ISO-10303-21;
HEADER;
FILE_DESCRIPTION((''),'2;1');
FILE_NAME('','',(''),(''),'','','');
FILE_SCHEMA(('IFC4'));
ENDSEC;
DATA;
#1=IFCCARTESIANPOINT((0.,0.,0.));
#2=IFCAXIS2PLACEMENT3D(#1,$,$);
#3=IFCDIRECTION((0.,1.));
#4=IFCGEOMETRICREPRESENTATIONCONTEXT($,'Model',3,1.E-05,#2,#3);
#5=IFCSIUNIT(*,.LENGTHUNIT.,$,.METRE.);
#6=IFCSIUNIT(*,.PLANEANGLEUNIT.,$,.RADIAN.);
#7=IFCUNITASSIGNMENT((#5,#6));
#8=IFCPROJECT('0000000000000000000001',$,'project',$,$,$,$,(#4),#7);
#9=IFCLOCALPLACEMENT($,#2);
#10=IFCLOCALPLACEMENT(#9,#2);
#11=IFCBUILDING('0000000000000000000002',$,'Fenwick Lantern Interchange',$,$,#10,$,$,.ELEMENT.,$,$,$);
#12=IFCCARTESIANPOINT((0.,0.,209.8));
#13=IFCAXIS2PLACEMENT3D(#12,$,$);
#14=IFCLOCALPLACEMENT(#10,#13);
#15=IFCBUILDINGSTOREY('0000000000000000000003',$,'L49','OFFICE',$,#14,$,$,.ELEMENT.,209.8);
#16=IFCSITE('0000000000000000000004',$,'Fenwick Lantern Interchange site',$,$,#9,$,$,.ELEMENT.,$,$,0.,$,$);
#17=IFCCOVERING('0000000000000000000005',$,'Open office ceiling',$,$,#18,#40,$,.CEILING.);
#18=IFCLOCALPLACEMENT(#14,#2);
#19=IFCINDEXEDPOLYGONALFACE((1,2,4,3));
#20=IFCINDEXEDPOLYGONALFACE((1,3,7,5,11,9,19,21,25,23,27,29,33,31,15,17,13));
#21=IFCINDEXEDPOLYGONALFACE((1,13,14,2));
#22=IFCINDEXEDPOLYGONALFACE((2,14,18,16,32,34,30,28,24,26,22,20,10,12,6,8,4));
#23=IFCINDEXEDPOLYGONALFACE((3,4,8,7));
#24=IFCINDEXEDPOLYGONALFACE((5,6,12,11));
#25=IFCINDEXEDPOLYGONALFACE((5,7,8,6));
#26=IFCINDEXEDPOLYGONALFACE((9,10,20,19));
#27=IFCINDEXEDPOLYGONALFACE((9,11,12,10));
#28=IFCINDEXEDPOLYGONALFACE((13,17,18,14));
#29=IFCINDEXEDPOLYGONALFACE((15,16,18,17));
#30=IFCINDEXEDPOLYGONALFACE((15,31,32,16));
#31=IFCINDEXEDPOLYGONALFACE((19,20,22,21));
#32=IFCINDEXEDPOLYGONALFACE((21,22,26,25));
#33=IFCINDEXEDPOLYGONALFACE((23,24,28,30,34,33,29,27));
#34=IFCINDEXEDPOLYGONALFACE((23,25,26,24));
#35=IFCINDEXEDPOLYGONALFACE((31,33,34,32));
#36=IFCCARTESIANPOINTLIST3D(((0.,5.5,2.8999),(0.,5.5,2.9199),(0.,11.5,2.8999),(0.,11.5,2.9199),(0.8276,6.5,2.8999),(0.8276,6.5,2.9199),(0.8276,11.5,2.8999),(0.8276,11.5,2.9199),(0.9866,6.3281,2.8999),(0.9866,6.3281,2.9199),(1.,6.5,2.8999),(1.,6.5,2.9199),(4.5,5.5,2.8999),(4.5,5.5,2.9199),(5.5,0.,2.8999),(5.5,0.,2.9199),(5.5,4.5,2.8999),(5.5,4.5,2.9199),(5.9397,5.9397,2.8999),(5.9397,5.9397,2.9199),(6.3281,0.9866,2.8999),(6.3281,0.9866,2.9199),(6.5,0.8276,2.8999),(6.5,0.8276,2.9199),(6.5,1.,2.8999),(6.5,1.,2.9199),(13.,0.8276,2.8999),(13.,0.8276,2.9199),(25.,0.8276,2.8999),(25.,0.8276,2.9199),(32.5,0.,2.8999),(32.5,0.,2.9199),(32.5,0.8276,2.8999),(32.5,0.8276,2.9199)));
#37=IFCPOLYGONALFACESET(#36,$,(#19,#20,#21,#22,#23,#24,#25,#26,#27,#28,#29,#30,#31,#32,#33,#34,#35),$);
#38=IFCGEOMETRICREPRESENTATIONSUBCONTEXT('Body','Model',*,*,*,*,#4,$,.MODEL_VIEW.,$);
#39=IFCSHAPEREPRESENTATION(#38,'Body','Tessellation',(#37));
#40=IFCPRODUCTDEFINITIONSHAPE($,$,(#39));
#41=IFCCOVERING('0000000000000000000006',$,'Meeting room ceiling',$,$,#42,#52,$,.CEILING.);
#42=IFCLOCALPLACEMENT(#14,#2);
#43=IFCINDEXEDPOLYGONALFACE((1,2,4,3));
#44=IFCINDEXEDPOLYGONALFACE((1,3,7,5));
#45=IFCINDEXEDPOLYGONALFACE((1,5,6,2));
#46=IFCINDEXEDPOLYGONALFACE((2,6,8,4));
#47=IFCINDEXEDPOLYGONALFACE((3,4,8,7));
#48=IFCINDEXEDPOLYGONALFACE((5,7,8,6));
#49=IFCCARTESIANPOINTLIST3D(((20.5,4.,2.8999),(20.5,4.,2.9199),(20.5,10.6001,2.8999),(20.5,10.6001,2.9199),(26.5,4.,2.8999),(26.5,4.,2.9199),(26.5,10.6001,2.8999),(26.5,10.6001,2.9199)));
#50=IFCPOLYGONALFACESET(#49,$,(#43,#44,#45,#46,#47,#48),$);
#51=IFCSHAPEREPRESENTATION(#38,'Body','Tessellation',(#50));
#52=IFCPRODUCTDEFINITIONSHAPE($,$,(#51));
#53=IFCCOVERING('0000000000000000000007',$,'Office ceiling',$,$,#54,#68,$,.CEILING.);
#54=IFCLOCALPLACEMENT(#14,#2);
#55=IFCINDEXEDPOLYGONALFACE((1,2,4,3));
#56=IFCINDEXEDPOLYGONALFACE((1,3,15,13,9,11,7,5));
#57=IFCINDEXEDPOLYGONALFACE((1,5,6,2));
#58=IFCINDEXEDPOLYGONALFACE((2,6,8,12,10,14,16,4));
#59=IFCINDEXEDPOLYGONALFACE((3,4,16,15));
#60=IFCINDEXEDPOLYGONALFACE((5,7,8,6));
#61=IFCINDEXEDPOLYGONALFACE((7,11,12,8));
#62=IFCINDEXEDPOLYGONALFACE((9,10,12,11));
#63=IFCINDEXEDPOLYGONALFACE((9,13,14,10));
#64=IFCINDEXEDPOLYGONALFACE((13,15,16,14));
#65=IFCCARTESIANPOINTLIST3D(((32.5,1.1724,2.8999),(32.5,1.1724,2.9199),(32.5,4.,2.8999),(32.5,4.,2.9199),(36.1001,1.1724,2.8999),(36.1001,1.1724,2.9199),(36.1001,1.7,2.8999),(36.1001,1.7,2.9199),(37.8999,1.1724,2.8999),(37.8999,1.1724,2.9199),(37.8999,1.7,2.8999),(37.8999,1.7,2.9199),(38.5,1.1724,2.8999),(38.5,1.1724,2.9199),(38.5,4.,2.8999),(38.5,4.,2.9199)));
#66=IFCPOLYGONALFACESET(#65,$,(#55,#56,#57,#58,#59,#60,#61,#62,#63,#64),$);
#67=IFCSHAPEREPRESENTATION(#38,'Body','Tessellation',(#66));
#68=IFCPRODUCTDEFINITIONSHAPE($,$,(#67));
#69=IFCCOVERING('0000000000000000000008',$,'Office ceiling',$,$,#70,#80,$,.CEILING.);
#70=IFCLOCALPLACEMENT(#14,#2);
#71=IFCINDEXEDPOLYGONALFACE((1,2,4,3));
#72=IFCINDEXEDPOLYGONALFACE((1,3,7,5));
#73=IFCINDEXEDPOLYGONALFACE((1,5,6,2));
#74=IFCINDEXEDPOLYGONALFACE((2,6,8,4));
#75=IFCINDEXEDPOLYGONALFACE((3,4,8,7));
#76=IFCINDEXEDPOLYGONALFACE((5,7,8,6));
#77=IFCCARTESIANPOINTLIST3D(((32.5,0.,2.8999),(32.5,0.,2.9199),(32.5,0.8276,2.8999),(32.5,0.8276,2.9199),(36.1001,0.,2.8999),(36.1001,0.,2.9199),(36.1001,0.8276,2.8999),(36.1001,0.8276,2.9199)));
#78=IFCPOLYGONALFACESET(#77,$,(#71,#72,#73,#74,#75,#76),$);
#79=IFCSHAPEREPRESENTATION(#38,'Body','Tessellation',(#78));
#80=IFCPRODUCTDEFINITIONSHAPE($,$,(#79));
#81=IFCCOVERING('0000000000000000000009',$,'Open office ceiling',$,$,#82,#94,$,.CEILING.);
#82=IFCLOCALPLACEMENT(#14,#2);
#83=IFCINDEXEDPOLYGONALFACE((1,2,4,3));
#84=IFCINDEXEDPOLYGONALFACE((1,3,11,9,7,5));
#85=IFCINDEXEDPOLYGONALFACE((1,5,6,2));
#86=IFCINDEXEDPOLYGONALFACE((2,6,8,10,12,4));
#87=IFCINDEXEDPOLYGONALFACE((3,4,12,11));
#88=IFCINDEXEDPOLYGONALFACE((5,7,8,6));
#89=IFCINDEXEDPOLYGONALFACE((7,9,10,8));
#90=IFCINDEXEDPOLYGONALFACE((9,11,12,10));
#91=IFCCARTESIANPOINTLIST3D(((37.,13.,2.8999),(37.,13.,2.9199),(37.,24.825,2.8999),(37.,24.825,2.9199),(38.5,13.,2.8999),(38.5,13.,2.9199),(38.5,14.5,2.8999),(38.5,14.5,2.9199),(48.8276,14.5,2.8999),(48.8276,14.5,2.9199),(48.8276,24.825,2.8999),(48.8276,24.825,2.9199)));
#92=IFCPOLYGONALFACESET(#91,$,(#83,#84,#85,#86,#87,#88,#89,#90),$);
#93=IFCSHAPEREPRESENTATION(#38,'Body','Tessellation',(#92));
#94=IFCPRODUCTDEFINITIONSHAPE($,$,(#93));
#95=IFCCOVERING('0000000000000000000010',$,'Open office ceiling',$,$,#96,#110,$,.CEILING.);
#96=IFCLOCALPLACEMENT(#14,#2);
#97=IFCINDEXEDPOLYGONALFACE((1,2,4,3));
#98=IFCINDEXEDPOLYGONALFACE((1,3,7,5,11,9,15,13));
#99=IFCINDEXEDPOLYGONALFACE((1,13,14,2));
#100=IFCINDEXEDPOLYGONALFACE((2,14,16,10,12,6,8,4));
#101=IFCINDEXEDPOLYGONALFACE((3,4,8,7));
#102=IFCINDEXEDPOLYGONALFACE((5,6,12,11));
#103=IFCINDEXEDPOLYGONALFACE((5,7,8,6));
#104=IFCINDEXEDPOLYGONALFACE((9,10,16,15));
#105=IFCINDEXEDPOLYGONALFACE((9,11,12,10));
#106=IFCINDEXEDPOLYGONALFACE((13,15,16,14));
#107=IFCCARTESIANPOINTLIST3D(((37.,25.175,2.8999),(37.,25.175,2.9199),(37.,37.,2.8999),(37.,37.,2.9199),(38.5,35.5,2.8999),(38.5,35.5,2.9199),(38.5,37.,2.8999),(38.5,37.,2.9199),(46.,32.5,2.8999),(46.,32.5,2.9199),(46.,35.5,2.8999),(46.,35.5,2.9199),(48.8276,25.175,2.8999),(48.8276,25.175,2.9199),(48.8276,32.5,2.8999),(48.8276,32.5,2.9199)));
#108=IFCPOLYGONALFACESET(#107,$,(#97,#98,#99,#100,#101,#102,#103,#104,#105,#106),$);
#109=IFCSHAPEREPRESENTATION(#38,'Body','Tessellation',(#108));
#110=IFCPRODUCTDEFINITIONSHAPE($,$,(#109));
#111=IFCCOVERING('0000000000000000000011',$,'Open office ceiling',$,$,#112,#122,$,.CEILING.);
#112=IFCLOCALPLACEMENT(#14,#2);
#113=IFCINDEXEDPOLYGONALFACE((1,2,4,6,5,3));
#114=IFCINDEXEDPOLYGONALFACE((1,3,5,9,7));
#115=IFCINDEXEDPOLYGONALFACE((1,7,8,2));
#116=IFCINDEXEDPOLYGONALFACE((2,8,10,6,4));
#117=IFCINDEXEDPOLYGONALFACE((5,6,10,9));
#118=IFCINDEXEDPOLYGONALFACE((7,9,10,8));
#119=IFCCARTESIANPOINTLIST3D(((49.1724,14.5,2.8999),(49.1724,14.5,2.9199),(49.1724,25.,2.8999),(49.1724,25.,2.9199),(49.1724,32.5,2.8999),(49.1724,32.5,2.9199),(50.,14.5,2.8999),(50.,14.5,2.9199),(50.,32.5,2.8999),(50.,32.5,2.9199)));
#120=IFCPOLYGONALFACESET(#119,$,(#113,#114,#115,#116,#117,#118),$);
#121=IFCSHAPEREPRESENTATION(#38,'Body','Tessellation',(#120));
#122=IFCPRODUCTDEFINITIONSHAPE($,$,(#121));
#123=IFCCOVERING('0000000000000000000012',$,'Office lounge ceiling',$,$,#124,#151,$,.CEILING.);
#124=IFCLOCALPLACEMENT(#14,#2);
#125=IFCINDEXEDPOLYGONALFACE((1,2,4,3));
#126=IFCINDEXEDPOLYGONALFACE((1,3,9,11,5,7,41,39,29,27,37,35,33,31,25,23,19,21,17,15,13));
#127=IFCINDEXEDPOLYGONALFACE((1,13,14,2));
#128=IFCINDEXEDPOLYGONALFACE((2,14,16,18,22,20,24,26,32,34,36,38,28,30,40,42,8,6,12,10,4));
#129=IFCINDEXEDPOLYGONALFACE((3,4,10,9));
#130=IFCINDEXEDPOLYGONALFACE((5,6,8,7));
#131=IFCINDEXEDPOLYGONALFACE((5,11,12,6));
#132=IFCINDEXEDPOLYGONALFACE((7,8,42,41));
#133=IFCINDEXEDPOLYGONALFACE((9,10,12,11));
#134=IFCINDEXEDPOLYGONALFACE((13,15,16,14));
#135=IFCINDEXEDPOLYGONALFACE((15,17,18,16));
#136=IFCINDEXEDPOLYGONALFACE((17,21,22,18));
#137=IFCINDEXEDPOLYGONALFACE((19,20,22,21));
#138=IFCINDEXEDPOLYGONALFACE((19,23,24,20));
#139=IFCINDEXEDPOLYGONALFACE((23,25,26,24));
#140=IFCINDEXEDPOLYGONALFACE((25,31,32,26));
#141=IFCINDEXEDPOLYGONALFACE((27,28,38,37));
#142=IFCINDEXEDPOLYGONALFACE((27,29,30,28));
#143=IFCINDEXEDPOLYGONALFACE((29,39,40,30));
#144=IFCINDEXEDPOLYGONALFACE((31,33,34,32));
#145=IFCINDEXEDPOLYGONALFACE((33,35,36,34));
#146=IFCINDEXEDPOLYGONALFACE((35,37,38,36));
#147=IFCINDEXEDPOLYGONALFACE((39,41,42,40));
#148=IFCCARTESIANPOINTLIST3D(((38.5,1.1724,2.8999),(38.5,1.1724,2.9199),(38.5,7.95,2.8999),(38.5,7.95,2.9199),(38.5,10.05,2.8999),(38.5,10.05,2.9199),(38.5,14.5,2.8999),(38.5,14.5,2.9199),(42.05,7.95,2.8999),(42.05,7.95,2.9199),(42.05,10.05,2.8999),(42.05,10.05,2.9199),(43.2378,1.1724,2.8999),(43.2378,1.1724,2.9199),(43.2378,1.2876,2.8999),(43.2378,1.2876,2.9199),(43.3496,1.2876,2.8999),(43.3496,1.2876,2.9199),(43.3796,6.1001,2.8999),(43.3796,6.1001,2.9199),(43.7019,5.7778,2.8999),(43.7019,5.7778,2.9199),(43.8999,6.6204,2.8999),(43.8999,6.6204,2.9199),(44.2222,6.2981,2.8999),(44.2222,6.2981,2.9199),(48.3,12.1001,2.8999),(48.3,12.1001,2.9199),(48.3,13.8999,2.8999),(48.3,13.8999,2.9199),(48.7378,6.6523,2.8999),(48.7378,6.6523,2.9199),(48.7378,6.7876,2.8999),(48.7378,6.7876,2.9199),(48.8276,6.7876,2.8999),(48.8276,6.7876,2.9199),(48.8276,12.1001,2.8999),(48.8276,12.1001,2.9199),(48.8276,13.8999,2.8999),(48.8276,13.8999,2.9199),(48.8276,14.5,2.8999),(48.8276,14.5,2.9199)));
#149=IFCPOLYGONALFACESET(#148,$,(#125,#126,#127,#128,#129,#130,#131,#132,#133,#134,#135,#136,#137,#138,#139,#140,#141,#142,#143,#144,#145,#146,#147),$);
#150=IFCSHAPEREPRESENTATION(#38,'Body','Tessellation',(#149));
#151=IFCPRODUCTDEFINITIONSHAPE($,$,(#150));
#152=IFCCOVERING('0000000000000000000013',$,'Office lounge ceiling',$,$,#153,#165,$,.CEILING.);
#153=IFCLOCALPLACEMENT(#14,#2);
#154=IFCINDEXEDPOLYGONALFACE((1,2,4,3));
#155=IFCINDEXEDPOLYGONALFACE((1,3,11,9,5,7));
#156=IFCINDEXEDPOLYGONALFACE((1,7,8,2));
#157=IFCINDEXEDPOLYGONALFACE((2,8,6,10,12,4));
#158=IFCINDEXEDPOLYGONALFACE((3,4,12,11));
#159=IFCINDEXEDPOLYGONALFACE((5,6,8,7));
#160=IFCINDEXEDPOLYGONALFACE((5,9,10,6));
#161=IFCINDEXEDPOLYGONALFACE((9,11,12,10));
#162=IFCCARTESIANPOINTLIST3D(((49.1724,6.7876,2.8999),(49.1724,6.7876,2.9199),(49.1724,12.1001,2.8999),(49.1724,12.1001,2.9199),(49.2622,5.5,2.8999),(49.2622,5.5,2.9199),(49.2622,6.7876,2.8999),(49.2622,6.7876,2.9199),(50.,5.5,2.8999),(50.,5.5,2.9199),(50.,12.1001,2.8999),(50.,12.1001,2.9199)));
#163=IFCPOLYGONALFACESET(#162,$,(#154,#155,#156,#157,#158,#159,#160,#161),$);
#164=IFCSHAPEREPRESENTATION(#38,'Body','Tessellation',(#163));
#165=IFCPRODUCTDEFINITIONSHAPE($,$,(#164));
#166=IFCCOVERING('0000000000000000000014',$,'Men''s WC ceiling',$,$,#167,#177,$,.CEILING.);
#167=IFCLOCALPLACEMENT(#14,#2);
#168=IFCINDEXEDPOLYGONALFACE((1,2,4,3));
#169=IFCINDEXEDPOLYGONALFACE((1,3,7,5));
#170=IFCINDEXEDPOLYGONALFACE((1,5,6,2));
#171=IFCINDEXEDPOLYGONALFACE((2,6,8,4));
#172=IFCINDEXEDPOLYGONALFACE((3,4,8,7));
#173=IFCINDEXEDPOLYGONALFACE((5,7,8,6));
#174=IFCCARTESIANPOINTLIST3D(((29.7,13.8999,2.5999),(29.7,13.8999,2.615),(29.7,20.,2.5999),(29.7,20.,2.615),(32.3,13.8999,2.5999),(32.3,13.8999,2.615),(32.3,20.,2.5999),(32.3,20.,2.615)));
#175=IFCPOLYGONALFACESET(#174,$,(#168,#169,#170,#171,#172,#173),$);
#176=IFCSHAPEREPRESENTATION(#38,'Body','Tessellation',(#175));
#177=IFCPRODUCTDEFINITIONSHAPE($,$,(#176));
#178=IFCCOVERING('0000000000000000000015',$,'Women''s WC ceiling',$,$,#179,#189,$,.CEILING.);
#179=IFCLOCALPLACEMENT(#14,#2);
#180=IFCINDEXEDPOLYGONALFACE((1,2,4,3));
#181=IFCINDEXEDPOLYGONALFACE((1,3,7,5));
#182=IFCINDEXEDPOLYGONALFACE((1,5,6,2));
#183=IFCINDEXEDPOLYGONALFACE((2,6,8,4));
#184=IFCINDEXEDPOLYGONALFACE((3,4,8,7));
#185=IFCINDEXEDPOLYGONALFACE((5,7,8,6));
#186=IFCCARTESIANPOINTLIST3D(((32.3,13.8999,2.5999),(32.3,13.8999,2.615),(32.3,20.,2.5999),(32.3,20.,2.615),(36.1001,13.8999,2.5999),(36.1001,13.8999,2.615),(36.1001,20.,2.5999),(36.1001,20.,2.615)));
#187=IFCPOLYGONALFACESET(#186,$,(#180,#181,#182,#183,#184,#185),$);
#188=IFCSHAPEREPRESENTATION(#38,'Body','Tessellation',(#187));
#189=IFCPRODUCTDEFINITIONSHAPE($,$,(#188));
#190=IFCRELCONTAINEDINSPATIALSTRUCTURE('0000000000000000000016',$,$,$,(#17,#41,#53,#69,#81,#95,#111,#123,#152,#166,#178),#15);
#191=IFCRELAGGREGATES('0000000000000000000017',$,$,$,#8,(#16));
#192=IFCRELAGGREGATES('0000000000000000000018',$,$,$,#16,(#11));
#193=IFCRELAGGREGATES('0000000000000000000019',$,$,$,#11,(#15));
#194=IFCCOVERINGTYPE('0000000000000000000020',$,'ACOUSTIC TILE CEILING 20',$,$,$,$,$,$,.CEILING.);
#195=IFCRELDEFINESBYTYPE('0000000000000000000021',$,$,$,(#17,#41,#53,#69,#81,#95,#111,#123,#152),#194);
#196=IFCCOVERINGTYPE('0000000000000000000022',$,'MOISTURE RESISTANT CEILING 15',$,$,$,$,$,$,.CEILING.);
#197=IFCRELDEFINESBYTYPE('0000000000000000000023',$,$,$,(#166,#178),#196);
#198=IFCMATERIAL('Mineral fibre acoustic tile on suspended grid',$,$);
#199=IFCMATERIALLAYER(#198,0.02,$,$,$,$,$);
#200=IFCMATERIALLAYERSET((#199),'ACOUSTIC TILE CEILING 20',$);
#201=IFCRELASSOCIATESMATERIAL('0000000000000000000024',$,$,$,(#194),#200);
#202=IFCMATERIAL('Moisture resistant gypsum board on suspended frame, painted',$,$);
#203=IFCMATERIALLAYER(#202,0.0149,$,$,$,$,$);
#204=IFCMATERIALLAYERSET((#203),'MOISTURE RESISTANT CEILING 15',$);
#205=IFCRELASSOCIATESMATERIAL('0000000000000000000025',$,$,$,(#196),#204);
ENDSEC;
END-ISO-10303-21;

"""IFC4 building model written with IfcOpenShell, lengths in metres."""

from ifc_helpers import new_model, si_unit, direction, frame, origin, place, context, subcontext, project, spatial, polyline, outline, extrude, material, layer, layer_set, type_object, element, save


model = new_model("IFC4")

# Units and contexts
model_context = context("Model", 3, precision=1e-05, world=origin(), true_north=direction((0.0, 1.0)))
body_context = subcontext(model_context, "Body", "Model", "MODEL_VIEW")
ifc_project = project(units=[si_unit("LENGTHUNIT", "METRE"), si_unit("PLANEANGLEUNIT", "RADIAN")], contexts=[model_context])

# Site, building, storey
site_placement = place(None, origin())
site = spatial("IfcSite", under=ifc_project, at=site_placement, Name="Fenwick Lantern Interchange site", CompositionType="ELEMENT", RefElevation=0.0)
building_placement = place(site_placement, origin())
building = spatial("IfcBuilding", under=site, at=building_placement, Name="Fenwick Lantern Interchange", CompositionType="ELEMENT")
storey_placement = place(building_placement, frame((0.0, 0.0, 209.8)))
storey = spatial("IfcBuildingStorey", under=building, at=storey_placement, Name="L49", Description="OFFICE", CompositionType="ELEMENT", Elevation=209.8)

# Coverings
ifc_material_1 = material(Name="Mineral fibre acoustic tile on suspended grid")
ifc_layer_1 = layer(ifc_material_1, 0.02)
ifc_layer_set_1 = layer_set([ifc_layer_1], Name="ACOUSTIC TILE CEILING 20")
covering_type_1 = type_object("IfcCoveringType", Name="ACOUSTIC TILE CEILING 20", PredefinedType="CEILING", material=ifc_layer_set_1)
covering_1_placement = place(storey_placement, frame((0.0, 0.0, 2.8999)))
element("IfcCovering", 1, at=covering_1_placement, inside=storey, type_object=covering_type_1, Name="Open office ceiling", PredefinedType="CEILING", context=body_context, shape_type="SweptSolid", body=[
    extrude(outline(polyline([(32.5, 0.0), (32.5, 0.8276), (25.0, 0.8276), (13.0, 0.8276), (6.5, 0.8276), (6.5, 1.0), (6.3281, 0.9866), (5.9397, 5.9397), (0.9866, 6.3281), (1.0, 6.5), (0.8276, 6.5), (0.8276, 11.5), (0.0, 11.5), (0.0, 5.5), (4.5, 5.5), (5.5, 4.5), (5.5, 0.0), (32.5, 0.0)])), origin(), (0.0, 0.0, 1.0), 0.02),
])
covering_2_placement = place(storey_placement, frame((0.0, 0.0, 2.8999)))
element("IfcCovering", 2, at=covering_2_placement, inside=storey, type_object=covering_type_1, Name="Meeting room ceiling", PredefinedType="CEILING", context=body_context, shape_type="SweptSolid", body=[
    extrude(outline(polyline([(20.5, 4.0), (26.5, 4.0), (26.5, 10.6001), (20.5, 10.6001), (20.5, 4.0)])), origin(), (0.0, 0.0, 1.0), 0.02),
])
covering_3_placement = place(storey_placement, frame((0.0, 0.0, 2.8999)))
element("IfcCovering", 3, at=covering_3_placement, inside=storey, type_object=covering_type_1, Name="Office ceiling", PredefinedType="CEILING", context=body_context, shape_type="SweptSolid", body=[
    extrude(outline(polyline([(32.5, 4.0), (32.5, 1.1724), (36.1001, 1.1724), (36.1001, 1.7), (37.8999, 1.7), (37.8999, 1.1724), (38.5, 1.1724), (38.5, 4.0), (32.5, 4.0)])), origin(), (0.0, 0.0, 1.0), 0.02),
])
covering_4_placement = place(storey_placement, frame((0.0, 0.0, 2.8999)))
element("IfcCovering", 4, at=covering_4_placement, inside=storey, type_object=covering_type_1, Name="Office ceiling", PredefinedType="CEILING", context=body_context, shape_type="SweptSolid", body=[
    extrude(outline(polyline([(32.5, 0.8276), (32.5, 0.0), (36.1001, 0.0), (36.1001, 0.8276), (32.5, 0.8276)])), origin(), (0.0, 0.0, 1.0), 0.02),
])
covering_5_placement = place(storey_placement, frame((0.0, 0.0, 2.8999)))
element("IfcCovering", 5, at=covering_5_placement, inside=storey, type_object=covering_type_1, Name="Open office ceiling", PredefinedType="CEILING", context=body_context, shape_type="SweptSolid", body=[
    extrude(outline(polyline([(38.5, 14.5), (48.8276, 14.5), (48.8276, 24.825), (37.0, 24.825), (37.0, 13.0), (38.5, 13.0), (38.5, 14.5)])), origin(), (0.0, 0.0, 1.0), 0.02),
])
covering_6_placement = place(storey_placement, frame((0.0, 0.0, 2.8999)))
element("IfcCovering", 6, at=covering_6_placement, inside=storey, type_object=covering_type_1, Name="Open office ceiling", PredefinedType="CEILING", context=body_context, shape_type="SweptSolid", body=[
    extrude(outline(polyline([(46.0, 32.5), (46.0, 35.5), (38.5, 35.5), (38.5, 37.0), (37.0, 37.0), (37.0, 25.175), (48.8276, 25.175), (48.8276, 32.5), (46.0, 32.5)])), origin(), (0.0, 0.0, 1.0), 0.02),
])
covering_7_placement = place(storey_placement, frame((0.0, 0.0, 2.8999)))
element("IfcCovering", 7, at=covering_7_placement, inside=storey, type_object=covering_type_1, Name="Open office ceiling", PredefinedType="CEILING", context=body_context, shape_type="SweptSolid", body=[
    extrude(outline(polyline([(50.0, 32.5), (49.1724, 32.5), (49.1724, 25.0), (49.1724, 14.5), (50.0, 14.5), (50.0, 32.5)])), origin(), (0.0, 0.0, 1.0), 0.02),
])
covering_8_placement = place(storey_placement, frame((0.0, 0.0, 2.8999)))
element("IfcCovering", 8, at=covering_8_placement, inside=storey, type_object=covering_type_1, Name="Office lounge ceiling", PredefinedType="CEILING", context=body_context, shape_type="SweptSolid", body=[
    extrude(outline(polyline([(43.2378, 1.2876), (43.3496, 1.2876), (43.7019, 5.7778), (43.3796, 6.1001), (43.8999, 6.6204), (44.2222, 6.2981), (48.7378, 6.6523), (48.7378, 6.7876), (48.8276, 6.7876), (48.8276, 12.1001), (48.3, 12.1001), (48.3, 13.8999), (48.8276, 13.8999), (48.8276, 14.5), (38.5, 14.5), (38.5, 10.05), (42.05, 10.05), (42.05, 7.95), (38.5, 7.95), (38.5, 1.1724), (43.2378, 1.1724), (43.2378, 1.2876)])), origin(), (0.0, 0.0, 1.0), 0.02),
])
covering_9_placement = place(storey_placement, frame((0.0, 0.0, 2.8999)))
element("IfcCovering", 9, at=covering_9_placement, inside=storey, type_object=covering_type_1, Name="Office lounge ceiling", PredefinedType="CEILING", context=body_context, shape_type="SweptSolid", body=[
    extrude(outline(polyline([(50.0, 12.1001), (49.1724, 12.1001), (49.1724, 6.7876), (49.2622, 6.7876), (49.2622, 5.5), (50.0, 5.5), (50.0, 12.1001)])), origin(), (0.0, 0.0, 1.0), 0.02),
])
ifc_material_2 = material(Name="Moisture resistant gypsum board on suspended frame, painted")
ifc_layer_2 = layer(ifc_material_2, 0.0149)
ifc_layer_set_2 = layer_set([ifc_layer_2], Name="MOISTURE RESISTANT CEILING 15")
covering_type_2 = type_object("IfcCoveringType", Name="MOISTURE RESISTANT CEILING 15", PredefinedType="CEILING", material=ifc_layer_set_2)
covering_10_placement = place(storey_placement, frame((0.0, 0.0, 2.5999)))
element("IfcCovering", 10, at=covering_10_placement, inside=storey, type_object=covering_type_2, Name="Men's WC ceiling", PredefinedType="CEILING", context=body_context, shape_type="SweptSolid", body=[
    extrude(outline(polyline([(29.7, 13.8999), (32.3, 13.8999), (32.3, 20.0), (29.7, 20.0), (29.7, 13.8999)])), origin(), (0.0, 0.0, 1.0), 0.0151),
])
covering_11_placement = place(storey_placement, frame((0.0, 0.0, 2.5999)))
element("IfcCovering", 11, at=covering_11_placement, inside=storey, type_object=covering_type_2, Name="Women's WC ceiling", PredefinedType="CEILING", context=body_context, shape_type="SweptSolid", body=[
    extrude(outline(polyline([(32.3, 13.8999), (36.1001, 13.8999), (36.1001, 20.0), (32.3, 20.0), (32.3, 13.8999)])), origin(), (0.0, 0.0, 1.0), 0.0151),
])

save(model, "model.ifc")
